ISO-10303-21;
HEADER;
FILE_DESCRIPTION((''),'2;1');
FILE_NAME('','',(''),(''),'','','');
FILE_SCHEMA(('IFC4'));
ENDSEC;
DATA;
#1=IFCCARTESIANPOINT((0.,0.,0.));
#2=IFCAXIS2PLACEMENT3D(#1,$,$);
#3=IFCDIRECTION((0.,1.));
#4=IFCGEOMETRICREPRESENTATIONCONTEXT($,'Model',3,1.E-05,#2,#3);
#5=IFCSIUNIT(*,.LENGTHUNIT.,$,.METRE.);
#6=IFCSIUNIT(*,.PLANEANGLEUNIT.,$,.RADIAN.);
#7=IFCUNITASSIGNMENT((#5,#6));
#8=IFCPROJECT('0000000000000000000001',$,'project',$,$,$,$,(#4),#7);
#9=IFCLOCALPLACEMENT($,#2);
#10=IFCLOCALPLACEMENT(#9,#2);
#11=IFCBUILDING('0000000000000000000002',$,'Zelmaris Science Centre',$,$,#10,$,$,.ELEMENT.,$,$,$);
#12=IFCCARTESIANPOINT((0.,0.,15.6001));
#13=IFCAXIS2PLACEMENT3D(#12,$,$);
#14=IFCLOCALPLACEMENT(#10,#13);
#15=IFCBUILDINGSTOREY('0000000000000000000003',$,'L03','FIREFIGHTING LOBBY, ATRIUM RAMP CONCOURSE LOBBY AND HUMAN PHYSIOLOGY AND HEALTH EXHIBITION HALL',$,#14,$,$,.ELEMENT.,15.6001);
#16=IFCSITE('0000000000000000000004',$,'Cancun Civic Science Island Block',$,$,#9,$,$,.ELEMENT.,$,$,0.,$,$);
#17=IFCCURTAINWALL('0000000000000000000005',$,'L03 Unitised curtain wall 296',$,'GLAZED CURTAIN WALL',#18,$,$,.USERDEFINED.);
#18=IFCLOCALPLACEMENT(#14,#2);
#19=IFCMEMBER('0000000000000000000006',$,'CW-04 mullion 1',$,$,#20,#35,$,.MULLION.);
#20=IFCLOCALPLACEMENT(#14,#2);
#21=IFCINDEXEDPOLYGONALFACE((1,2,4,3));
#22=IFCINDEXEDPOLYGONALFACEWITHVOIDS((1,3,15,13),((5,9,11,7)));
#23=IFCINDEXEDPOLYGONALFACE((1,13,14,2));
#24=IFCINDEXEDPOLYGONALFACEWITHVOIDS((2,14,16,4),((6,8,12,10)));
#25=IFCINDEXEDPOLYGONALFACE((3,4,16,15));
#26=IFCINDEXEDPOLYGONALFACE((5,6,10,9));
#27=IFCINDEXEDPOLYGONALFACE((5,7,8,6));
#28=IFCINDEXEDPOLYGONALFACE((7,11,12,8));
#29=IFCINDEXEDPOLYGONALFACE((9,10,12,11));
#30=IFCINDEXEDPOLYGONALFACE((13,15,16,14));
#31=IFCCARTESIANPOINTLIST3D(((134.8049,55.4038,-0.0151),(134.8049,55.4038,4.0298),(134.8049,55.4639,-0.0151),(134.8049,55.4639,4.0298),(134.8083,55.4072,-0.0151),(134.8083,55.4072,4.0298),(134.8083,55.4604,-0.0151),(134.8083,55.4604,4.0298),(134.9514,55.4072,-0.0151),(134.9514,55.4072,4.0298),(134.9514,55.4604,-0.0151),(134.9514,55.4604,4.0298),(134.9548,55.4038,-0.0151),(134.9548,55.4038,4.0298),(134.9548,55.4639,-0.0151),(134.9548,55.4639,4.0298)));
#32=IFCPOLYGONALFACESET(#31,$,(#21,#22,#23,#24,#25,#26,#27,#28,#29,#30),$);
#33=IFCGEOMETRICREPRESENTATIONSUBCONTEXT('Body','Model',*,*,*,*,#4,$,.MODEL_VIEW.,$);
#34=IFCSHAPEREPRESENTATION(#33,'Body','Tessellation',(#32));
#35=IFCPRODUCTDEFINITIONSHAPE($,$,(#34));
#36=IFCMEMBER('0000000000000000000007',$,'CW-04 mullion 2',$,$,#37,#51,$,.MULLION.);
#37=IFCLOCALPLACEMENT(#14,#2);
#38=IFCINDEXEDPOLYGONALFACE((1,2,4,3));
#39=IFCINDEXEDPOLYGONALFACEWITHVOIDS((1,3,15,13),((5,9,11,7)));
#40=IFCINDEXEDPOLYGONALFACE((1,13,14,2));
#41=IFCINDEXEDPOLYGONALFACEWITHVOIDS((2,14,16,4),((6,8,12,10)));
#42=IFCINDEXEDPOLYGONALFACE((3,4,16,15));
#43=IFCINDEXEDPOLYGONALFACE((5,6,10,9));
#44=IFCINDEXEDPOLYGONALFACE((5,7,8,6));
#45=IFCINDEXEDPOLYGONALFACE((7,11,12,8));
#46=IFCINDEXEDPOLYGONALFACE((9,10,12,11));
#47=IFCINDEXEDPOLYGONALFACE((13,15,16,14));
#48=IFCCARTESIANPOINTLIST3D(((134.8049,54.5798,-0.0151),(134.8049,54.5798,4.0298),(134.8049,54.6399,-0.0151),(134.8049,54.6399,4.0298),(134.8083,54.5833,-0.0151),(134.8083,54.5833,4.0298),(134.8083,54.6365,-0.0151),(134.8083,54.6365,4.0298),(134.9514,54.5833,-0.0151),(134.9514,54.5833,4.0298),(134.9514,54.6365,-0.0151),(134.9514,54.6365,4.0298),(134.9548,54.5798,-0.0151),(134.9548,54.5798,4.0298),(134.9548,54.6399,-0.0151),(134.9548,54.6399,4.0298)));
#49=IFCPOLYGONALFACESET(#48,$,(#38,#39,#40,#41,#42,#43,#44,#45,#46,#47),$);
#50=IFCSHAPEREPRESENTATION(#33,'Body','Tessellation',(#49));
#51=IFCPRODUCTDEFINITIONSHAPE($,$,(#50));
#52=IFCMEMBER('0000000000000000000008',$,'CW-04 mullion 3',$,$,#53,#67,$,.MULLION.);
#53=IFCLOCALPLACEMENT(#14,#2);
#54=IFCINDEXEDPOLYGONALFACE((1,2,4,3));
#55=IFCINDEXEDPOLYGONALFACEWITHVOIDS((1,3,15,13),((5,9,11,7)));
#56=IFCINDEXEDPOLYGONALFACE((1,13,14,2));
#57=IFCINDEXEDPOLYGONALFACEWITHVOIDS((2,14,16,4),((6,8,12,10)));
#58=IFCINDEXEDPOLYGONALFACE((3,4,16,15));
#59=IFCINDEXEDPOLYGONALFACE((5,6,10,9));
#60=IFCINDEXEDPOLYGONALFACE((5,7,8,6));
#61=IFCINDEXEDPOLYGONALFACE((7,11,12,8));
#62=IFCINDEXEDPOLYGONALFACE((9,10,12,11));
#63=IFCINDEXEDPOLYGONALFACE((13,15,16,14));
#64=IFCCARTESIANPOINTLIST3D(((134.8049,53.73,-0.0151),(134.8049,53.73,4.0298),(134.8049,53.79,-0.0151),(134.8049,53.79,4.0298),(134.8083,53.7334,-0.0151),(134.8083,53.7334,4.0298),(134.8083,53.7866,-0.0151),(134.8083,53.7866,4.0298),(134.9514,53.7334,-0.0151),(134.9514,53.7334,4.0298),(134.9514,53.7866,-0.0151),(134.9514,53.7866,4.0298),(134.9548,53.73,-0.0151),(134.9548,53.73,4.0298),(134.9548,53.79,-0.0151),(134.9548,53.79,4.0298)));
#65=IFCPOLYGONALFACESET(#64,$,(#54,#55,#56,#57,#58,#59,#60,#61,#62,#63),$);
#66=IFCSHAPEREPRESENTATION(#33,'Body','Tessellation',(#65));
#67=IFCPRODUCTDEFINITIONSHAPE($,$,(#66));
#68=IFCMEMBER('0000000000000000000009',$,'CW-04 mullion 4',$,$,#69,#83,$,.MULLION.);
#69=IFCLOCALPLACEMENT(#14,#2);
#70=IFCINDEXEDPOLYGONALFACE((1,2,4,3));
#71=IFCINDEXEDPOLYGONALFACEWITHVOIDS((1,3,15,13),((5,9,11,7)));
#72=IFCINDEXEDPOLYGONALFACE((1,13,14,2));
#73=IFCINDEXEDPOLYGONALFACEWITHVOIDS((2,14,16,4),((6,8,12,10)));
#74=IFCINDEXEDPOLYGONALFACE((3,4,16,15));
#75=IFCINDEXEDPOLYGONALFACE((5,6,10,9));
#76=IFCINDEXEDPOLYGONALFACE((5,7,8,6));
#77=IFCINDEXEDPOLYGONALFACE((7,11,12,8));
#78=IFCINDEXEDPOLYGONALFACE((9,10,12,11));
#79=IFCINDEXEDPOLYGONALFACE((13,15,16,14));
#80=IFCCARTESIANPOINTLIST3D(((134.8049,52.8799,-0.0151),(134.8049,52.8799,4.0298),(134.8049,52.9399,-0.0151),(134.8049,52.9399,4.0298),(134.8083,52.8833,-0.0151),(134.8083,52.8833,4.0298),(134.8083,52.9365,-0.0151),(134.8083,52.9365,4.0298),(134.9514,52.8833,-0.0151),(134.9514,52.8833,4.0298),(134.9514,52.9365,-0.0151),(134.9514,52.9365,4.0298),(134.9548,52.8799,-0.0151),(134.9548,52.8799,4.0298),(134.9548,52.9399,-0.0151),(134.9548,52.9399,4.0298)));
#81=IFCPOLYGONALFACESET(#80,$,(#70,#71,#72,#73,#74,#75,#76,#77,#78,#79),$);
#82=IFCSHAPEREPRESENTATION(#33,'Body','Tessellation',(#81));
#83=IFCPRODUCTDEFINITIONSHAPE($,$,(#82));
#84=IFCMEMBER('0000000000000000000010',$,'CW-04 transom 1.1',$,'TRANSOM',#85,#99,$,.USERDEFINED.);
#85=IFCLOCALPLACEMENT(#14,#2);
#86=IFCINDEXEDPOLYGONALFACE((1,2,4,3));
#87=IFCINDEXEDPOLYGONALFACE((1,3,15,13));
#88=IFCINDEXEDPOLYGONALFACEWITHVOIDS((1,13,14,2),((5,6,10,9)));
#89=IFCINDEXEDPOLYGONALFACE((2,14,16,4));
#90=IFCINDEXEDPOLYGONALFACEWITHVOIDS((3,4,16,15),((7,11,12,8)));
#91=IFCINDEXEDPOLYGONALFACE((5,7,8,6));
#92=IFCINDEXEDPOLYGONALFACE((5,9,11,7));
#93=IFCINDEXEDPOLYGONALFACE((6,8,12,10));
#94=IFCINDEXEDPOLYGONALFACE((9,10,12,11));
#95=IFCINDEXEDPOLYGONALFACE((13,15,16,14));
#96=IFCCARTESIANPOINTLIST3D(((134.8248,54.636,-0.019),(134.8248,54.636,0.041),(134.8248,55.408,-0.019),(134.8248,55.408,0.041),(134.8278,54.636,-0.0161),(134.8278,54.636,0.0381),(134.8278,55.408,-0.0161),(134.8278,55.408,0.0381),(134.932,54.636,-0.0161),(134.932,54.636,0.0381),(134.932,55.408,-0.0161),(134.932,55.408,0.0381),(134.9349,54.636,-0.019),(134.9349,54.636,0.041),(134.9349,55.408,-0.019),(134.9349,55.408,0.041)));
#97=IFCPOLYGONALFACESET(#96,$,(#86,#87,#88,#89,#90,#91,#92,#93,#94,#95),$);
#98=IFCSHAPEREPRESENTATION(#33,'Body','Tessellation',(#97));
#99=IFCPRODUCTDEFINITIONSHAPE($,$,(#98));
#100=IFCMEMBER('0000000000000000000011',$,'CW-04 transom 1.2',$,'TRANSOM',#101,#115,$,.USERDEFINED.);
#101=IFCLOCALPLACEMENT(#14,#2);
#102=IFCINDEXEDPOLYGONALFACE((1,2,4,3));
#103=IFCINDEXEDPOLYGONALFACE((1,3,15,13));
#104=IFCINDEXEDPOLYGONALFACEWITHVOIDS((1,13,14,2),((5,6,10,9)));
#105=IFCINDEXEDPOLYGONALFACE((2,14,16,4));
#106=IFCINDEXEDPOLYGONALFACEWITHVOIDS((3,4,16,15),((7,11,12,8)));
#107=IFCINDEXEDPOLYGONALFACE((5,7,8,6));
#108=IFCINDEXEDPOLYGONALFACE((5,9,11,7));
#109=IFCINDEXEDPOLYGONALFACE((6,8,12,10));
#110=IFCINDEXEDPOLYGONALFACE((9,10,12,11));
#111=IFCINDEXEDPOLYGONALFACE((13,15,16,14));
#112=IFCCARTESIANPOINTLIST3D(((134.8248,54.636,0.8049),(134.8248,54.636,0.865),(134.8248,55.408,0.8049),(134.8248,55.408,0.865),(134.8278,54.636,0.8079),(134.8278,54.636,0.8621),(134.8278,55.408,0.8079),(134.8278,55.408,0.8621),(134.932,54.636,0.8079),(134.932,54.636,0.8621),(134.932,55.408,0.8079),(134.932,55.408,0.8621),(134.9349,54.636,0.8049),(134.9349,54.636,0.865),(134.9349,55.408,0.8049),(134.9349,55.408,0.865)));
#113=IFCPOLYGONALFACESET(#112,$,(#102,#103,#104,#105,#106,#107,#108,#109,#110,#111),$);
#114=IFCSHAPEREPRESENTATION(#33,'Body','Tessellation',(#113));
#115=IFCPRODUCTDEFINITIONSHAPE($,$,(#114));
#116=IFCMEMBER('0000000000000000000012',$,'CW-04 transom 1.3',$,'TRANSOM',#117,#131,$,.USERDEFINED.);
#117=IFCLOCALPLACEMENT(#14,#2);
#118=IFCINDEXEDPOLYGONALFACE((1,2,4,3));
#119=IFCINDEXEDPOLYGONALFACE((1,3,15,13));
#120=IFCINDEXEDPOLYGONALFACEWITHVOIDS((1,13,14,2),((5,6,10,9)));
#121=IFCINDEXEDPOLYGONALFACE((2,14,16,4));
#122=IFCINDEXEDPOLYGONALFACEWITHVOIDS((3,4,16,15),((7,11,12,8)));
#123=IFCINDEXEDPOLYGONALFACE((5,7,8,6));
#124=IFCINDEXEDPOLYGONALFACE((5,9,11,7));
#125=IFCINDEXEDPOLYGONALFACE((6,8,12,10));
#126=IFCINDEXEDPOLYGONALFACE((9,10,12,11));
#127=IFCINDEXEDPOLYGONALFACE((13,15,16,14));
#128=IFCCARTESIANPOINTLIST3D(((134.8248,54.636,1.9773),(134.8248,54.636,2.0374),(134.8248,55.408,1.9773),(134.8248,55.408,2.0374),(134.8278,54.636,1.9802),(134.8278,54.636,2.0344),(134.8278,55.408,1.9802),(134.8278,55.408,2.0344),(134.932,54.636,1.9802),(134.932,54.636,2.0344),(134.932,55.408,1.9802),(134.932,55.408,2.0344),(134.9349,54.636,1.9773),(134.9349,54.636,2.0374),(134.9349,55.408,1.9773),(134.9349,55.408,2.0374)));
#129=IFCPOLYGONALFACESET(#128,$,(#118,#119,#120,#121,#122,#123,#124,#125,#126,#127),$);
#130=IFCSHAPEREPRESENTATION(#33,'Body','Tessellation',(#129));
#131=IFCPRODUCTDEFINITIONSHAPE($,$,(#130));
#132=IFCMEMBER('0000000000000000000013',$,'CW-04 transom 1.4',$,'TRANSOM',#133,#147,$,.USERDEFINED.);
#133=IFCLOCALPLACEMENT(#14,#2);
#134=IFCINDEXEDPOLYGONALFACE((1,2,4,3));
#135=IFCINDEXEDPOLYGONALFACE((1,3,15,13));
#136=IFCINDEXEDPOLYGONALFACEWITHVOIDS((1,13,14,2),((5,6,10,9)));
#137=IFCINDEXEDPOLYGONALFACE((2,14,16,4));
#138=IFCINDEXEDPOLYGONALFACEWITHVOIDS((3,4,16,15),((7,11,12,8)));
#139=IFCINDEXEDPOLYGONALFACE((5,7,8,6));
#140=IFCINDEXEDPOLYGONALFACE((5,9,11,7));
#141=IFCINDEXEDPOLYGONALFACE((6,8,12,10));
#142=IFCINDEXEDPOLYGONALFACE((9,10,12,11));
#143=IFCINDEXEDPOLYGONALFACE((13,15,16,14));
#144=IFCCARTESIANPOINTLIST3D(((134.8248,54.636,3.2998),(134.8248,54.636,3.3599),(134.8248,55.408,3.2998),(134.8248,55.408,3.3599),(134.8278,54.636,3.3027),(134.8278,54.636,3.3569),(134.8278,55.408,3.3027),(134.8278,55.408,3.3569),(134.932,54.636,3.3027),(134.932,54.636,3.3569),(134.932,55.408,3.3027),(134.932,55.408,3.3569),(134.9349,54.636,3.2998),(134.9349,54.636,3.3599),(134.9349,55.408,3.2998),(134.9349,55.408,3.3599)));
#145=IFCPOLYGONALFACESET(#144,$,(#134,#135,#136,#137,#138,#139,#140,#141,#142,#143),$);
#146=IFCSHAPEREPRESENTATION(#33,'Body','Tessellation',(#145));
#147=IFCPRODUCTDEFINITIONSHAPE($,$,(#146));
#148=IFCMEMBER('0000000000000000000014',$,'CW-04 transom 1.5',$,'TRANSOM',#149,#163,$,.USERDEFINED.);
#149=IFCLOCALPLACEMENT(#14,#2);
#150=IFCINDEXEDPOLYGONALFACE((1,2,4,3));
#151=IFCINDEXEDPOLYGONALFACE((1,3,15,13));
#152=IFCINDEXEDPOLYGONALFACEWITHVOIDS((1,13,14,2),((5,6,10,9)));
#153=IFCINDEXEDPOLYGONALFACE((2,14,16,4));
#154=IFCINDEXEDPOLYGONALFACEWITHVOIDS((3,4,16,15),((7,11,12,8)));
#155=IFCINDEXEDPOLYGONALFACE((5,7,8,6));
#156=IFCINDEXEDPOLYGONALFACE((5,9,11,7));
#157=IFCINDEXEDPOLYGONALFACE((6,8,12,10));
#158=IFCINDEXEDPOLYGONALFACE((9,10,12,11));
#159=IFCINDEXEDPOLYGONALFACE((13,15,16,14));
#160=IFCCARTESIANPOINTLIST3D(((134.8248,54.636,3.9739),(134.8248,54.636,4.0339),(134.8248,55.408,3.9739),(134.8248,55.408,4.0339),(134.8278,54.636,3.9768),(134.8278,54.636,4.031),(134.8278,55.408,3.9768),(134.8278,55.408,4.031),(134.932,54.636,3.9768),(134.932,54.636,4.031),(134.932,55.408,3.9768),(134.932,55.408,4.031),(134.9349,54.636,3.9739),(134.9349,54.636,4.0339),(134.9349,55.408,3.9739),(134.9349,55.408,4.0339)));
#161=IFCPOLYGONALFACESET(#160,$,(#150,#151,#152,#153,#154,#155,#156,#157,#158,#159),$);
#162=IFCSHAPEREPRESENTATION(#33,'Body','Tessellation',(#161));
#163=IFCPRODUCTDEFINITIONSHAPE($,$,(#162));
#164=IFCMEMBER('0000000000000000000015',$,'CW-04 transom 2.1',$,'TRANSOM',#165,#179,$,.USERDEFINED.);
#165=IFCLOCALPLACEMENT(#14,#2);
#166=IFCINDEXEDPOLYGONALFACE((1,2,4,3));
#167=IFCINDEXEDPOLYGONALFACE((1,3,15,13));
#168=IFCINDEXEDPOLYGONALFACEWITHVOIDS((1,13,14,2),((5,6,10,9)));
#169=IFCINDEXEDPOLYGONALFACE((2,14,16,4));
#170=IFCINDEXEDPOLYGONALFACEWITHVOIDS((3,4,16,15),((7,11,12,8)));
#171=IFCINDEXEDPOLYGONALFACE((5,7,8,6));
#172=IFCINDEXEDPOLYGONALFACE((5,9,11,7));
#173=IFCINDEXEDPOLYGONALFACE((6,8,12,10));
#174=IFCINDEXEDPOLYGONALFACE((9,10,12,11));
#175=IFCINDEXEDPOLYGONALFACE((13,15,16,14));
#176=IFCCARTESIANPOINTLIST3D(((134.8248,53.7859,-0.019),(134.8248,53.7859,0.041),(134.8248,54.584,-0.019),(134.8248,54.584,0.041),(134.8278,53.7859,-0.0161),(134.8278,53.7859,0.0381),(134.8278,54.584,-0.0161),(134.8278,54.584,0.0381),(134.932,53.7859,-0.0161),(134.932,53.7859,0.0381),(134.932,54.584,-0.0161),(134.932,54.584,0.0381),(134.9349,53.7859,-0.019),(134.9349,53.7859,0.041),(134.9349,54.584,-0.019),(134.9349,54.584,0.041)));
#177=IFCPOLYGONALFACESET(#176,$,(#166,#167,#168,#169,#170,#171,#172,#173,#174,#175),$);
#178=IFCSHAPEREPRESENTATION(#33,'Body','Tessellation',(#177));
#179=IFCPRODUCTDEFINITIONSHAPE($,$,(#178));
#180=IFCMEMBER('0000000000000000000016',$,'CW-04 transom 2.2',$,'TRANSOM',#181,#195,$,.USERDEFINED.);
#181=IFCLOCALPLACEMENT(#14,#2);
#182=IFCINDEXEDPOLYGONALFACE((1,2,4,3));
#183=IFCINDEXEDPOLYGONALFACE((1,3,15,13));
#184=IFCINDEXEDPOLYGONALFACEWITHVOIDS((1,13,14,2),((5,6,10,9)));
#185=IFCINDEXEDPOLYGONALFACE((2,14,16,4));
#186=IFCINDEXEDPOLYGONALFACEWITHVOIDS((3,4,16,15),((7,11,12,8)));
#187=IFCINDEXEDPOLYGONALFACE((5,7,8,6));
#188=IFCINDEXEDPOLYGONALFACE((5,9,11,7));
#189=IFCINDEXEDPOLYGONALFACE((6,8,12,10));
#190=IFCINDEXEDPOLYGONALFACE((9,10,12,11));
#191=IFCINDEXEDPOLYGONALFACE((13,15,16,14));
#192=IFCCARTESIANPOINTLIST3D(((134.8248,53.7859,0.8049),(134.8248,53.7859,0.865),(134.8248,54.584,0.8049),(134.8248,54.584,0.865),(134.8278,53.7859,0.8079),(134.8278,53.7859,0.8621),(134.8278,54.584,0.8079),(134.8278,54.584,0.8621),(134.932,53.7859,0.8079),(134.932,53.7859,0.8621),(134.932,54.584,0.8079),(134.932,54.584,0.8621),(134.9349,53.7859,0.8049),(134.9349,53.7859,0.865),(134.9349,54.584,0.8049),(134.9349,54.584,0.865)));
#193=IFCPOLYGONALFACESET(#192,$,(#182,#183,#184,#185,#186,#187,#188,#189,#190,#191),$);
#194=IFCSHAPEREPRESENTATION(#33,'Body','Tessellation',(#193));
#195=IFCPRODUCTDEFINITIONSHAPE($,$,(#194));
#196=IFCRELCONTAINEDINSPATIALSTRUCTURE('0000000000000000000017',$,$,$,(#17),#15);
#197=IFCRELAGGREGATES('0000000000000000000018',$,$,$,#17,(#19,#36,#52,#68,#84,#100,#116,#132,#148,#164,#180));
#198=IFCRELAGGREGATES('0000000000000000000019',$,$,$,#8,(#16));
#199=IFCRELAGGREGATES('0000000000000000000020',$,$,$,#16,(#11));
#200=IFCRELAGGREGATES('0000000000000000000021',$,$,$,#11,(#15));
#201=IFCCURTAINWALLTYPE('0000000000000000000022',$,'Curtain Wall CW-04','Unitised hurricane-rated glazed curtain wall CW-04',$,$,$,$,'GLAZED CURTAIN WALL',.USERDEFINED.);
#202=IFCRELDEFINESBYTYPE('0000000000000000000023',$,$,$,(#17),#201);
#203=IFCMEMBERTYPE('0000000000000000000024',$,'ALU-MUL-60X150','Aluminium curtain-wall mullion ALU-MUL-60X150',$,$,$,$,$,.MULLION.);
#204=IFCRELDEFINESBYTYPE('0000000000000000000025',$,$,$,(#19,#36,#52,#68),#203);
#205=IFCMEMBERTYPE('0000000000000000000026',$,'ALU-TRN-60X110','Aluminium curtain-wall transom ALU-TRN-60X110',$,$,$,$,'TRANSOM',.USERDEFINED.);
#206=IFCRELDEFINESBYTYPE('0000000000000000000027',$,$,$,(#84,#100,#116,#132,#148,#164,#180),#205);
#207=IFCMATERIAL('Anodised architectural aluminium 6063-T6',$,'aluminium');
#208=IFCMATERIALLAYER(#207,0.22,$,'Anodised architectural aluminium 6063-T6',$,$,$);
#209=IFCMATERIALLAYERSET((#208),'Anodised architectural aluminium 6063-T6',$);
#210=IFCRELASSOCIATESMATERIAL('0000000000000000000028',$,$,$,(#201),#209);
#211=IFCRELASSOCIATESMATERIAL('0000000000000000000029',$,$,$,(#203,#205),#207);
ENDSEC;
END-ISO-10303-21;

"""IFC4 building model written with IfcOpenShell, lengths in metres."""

from ifc_helpers import new_model, si_unit, direction, frame, origin, origin_2d, place, context, subcontext, project, spatial, hollow_rectangle, extrude, material, layer, layer_set, material_profile, profile_set, type_object, element, aggregate, save


model = new_model("IFC4")

# Units and contexts
model_context = context("Model", 3, precision=1e-05, world=origin(), true_north=direction((0.0, 1.0)))
body_context = subcontext(model_context, "Body", "Model", "MODEL_VIEW")
ifc_project = project(units=[si_unit("LENGTHUNIT", "METRE"), si_unit("PLANEANGLEUNIT", "RADIAN")], contexts=[model_context])

# Site, building, storey
site_placement = place(None, origin())
site = spatial("IfcSite", under=ifc_project, at=site_placement, Name="Cancun Civic Science Island Block", CompositionType="ELEMENT", RefElevation=0.0)
building_placement = place(site_placement, origin())
building = spatial("IfcBuilding", under=site, at=building_placement, Name="Zelmaris Science Centre", CompositionType="ELEMENT")
storey_placement = place(building_placement, frame((0.0, 0.0, 15.6001)))
storey = spatial("IfcBuildingStorey", under=building, at=storey_placement, Name="L03", Description="FIREFIGHTING LOBBY, ATRIUM RAMP CONCOURSE LOBBY AND HUMAN PHYSIOLOGY AND HEALTH EXHIBITION HALL", CompositionType="ELEMENT", Elevation=15.6001)

# Curtain wall, members
ifc_material_1 = material(Name="Anodised architectural aluminium 6063-T6", Category="aluminium")
ifc_layer_1 = layer(ifc_material_1, 0.22, Name="Anodised architectural aluminium 6063-T6")
ifc_layer_set_1 = layer_set([ifc_layer_1], Name="Anodised architectural aluminium 6063-T6")
curtain_wall_type = type_object("IfcCurtainWallType", Name="Curtain Wall CW-04", Description="Unitised hurricane-rated glazed curtain wall CW-04", ElementType="GLAZED CURTAIN WALL", PredefinedType="USERDEFINED", material=ifc_layer_set_1)
curtain_wall_placement = place(storey_placement, origin())
curtain_wall = element("IfcCurtainWall", 1, at=curtain_wall_placement, inside=storey, type_object=curtain_wall_type, Name="L03 Unitised curtain wall 296", ObjectType="GLAZED CURTAIN WALL", PredefinedType="USERDEFINED")
ifc_material_profile_1 = material_profile(ifc_material_1, hollow_rectangle(XDim=0.0601, YDim=0.1499, WallThickness=0.0034, at=origin_2d()), Name="ALU-MUL-60X150")
ifc_profile_set_1 = profile_set([ifc_material_profile_1], Name="Anodised architectural aluminium 6063-T6")
member_type_1 = type_object("IfcMemberType", Name="ALU-MUL-60X150", Description="Aluminium curtain-wall mullion ALU-MUL-60X150", PredefinedType="MULLION", material=ifc_profile_set_1)
member_1_placement = place(storey_placement, frame((134.8799, 55.4338, -0.0151), z_axis=(0.0, 0.0, 1.0), x_axis=(0.0, -1.0, 0.0)))
member_1 = element("IfcMember", 2, at=member_1_placement, type_object=member_type_1, Name="CW-04 mullion 1", PredefinedType="MULLION", context=body_context, shape_type="SweptSolid", body=[
    extrude(hollow_rectangle(XDim=0.0601, YDim=0.1499, WallThickness=0.0034, at=origin_2d()), origin(), (0.0, 0.0, 1.0), 4.0449),
])
member_2_placement = place(storey_placement, frame((134.8799, 54.6099, -0.0151), z_axis=(0.0, 0.0, 1.0), x_axis=(0.0, -1.0, 0.0)))
member_2 = element("IfcMember", 3, at=member_2_placement, type_object=member_type_1, Name="CW-04 mullion 2", PredefinedType="MULLION", context=body_context, shape_type="SweptSolid", body=[
    extrude(hollow_rectangle(XDim=0.0601, YDim=0.1499, WallThickness=0.0034, at=origin_2d()), origin(), (0.0, 0.0, 1.0), 4.0449),
])
member_3_placement = place(storey_placement, frame((134.8799, 53.76, -0.0151), z_axis=(0.0, 0.0, 1.0), x_axis=(0.0, -1.0, 0.0)))
member_3 = element("IfcMember", 4, at=member_3_placement, type_object=member_type_1, Name="CW-04 mullion 3", PredefinedType="MULLION", context=body_context, shape_type="SweptSolid", body=[
    extrude(hollow_rectangle(XDim=0.0601, YDim=0.1499, WallThickness=0.0034, at=origin_2d()), origin(), (0.0, 0.0, 1.0), 4.0449),
])
member_4_placement = place(storey_placement, frame((134.8799, 52.9099, -0.0151), z_axis=(0.0, 0.0, 1.0), x_axis=(0.0, -1.0, 0.0)))
member_4 = element("IfcMember", 5, at=member_4_placement, type_object=member_type_1, Name="CW-04 mullion 4", PredefinedType="MULLION", context=body_context, shape_type="SweptSolid", body=[
    extrude(hollow_rectangle(XDim=0.0601, YDim=0.1499, WallThickness=0.0034, at=origin_2d()), origin(), (0.0, 0.0, 1.0), 4.0449),
])
ifc_material_profile_2 = material_profile(ifc_material_1, hollow_rectangle(XDim=0.0601, YDim=0.1101, WallThickness=0.0029, at=origin_2d()), Name="ALU-TRN-60X110")
ifc_profile_set_2 = profile_set([ifc_material_profile_2], Name="Anodised architectural aluminium 6063-T6")
member_type_2 = type_object("IfcMemberType", Name="ALU-TRN-60X110", Description="Aluminium curtain-wall transom ALU-TRN-60X110", ElementType="TRANSOM", PredefinedType="USERDEFINED", material=ifc_profile_set_2)
member_5_placement = place(storey_placement, frame((134.8799, 55.408, 0.011), z_axis=(0.0, -1.0, 0.0), x_axis=(0.0, 0.0, 1.0)))
member_5 = element("IfcMember", 6, at=member_5_placement, type_object=member_type_2, Name="CW-04 transom 1.1", ObjectType="TRANSOM", PredefinedType="USERDEFINED", context=body_context, shape_type="SweptSolid", body=[
    extrude(hollow_rectangle(XDim=0.0601, YDim=0.1101, WallThickness=0.0029, at=origin_2d()), origin(), (0.0, 0.0, 1.0), 0.772),
])
member_6_placement = place(storey_placement, frame((134.8799, 55.408, 0.835), z_axis=(0.0, -1.0, 0.0), x_axis=(0.0, 0.0, 1.0)))
member_6 = element("IfcMember", 7, at=member_6_placement, type_object=member_type_2, Name="CW-04 transom 1.2", ObjectType="TRANSOM", PredefinedType="USERDEFINED", context=body_context, shape_type="SweptSolid", body=[
    extrude(hollow_rectangle(XDim=0.0601, YDim=0.1101, WallThickness=0.0029, at=origin_2d()), origin(), (0.0, 0.0, 1.0), 0.772),
])
member_7_placement = place(storey_placement, frame((134.8799, 55.408, 2.0073), z_axis=(0.0, -1.0, 0.0), x_axis=(0.0, 0.0, 1.0)))
member_7 = element("IfcMember", 8, at=member_7_placement, type_object=member_type_2, Name="CW-04 transom 1.3", ObjectType="TRANSOM", PredefinedType="USERDEFINED", context=body_context, shape_type="SweptSolid", body=[
    extrude(hollow_rectangle(XDim=0.0601, YDim=0.1101, WallThickness=0.0029, at=origin_2d()), origin(), (0.0, 0.0, 1.0), 0.772),
])
member_8_placement = place(storey_placement, frame((134.8799, 55.408, 3.3298), z_axis=(0.0, -1.0, 0.0), x_axis=(0.0, 0.0, 1.0)))
member_8 = element("IfcMember", 9, at=member_8_placement, type_object=member_type_2, Name="CW-04 transom 1.4", ObjectType="TRANSOM", PredefinedType="USERDEFINED", context=body_context, shape_type="SweptSolid", body=[
    extrude(hollow_rectangle(XDim=0.0601, YDim=0.1101, WallThickness=0.0029, at=origin_2d()), origin(), (0.0, 0.0, 1.0), 0.772),
])
member_9_placement = place(storey_placement, frame((134.8799, 55.408, 4.0039), z_axis=(0.0, -1.0, 0.0), x_axis=(0.0, 0.0, 1.0)))
member_9 = element("IfcMember", 10, at=member_9_placement, type_object=member_type_2, Name="CW-04 transom 1.5", ObjectType="TRANSOM", PredefinedType="USERDEFINED", context=body_context, shape_type="SweptSolid", body=[
    extrude(hollow_rectangle(XDim=0.0601, YDim=0.1101, WallThickness=0.0029, at=origin_2d()), origin(), (0.0, 0.0, 1.0), 0.772),
])
member_10_placement = place(storey_placement, frame((134.8799, 54.584, 0.011), z_axis=(0.0, -1.0, 0.0), x_axis=(0.0, 0.0, 1.0)))
member_10 = element("IfcMember", 11, at=member_10_placement, type_object=member_type_2, Name="CW-04 transom 2.1", ObjectType="TRANSOM", PredefinedType="USERDEFINED", context=body_context, shape_type="SweptSolid", body=[
    extrude(hollow_rectangle(XDim=0.0601, YDim=0.1101, WallThickness=0.0029, at=origin_2d()), origin(), (0.0, 0.0, 1.0), 0.7981),
])
member_11_placement = place(storey_placement, frame((134.8799, 54.584, 0.835), z_axis=(0.0, -1.0, 0.0), x_axis=(0.0, 0.0, 1.0)))
member_11 = element("IfcMember", 12, at=member_11_placement, type_object=member_type_2, Name="CW-04 transom 2.2", ObjectType="TRANSOM", PredefinedType="USERDEFINED", context=body_context, shape_type="SweptSolid", body=[
    extrude(hollow_rectangle(XDim=0.0601, YDim=0.1101, WallThickness=0.0029, at=origin_2d()), origin(), (0.0, 0.0, 1.0), 0.7981),
])

aggregate(curtain_wall, [member_1, member_2, member_3, member_4, member_5, member_6, member_7, member_8, member_9, member_10, member_11])

save(model, "model.ifc")
